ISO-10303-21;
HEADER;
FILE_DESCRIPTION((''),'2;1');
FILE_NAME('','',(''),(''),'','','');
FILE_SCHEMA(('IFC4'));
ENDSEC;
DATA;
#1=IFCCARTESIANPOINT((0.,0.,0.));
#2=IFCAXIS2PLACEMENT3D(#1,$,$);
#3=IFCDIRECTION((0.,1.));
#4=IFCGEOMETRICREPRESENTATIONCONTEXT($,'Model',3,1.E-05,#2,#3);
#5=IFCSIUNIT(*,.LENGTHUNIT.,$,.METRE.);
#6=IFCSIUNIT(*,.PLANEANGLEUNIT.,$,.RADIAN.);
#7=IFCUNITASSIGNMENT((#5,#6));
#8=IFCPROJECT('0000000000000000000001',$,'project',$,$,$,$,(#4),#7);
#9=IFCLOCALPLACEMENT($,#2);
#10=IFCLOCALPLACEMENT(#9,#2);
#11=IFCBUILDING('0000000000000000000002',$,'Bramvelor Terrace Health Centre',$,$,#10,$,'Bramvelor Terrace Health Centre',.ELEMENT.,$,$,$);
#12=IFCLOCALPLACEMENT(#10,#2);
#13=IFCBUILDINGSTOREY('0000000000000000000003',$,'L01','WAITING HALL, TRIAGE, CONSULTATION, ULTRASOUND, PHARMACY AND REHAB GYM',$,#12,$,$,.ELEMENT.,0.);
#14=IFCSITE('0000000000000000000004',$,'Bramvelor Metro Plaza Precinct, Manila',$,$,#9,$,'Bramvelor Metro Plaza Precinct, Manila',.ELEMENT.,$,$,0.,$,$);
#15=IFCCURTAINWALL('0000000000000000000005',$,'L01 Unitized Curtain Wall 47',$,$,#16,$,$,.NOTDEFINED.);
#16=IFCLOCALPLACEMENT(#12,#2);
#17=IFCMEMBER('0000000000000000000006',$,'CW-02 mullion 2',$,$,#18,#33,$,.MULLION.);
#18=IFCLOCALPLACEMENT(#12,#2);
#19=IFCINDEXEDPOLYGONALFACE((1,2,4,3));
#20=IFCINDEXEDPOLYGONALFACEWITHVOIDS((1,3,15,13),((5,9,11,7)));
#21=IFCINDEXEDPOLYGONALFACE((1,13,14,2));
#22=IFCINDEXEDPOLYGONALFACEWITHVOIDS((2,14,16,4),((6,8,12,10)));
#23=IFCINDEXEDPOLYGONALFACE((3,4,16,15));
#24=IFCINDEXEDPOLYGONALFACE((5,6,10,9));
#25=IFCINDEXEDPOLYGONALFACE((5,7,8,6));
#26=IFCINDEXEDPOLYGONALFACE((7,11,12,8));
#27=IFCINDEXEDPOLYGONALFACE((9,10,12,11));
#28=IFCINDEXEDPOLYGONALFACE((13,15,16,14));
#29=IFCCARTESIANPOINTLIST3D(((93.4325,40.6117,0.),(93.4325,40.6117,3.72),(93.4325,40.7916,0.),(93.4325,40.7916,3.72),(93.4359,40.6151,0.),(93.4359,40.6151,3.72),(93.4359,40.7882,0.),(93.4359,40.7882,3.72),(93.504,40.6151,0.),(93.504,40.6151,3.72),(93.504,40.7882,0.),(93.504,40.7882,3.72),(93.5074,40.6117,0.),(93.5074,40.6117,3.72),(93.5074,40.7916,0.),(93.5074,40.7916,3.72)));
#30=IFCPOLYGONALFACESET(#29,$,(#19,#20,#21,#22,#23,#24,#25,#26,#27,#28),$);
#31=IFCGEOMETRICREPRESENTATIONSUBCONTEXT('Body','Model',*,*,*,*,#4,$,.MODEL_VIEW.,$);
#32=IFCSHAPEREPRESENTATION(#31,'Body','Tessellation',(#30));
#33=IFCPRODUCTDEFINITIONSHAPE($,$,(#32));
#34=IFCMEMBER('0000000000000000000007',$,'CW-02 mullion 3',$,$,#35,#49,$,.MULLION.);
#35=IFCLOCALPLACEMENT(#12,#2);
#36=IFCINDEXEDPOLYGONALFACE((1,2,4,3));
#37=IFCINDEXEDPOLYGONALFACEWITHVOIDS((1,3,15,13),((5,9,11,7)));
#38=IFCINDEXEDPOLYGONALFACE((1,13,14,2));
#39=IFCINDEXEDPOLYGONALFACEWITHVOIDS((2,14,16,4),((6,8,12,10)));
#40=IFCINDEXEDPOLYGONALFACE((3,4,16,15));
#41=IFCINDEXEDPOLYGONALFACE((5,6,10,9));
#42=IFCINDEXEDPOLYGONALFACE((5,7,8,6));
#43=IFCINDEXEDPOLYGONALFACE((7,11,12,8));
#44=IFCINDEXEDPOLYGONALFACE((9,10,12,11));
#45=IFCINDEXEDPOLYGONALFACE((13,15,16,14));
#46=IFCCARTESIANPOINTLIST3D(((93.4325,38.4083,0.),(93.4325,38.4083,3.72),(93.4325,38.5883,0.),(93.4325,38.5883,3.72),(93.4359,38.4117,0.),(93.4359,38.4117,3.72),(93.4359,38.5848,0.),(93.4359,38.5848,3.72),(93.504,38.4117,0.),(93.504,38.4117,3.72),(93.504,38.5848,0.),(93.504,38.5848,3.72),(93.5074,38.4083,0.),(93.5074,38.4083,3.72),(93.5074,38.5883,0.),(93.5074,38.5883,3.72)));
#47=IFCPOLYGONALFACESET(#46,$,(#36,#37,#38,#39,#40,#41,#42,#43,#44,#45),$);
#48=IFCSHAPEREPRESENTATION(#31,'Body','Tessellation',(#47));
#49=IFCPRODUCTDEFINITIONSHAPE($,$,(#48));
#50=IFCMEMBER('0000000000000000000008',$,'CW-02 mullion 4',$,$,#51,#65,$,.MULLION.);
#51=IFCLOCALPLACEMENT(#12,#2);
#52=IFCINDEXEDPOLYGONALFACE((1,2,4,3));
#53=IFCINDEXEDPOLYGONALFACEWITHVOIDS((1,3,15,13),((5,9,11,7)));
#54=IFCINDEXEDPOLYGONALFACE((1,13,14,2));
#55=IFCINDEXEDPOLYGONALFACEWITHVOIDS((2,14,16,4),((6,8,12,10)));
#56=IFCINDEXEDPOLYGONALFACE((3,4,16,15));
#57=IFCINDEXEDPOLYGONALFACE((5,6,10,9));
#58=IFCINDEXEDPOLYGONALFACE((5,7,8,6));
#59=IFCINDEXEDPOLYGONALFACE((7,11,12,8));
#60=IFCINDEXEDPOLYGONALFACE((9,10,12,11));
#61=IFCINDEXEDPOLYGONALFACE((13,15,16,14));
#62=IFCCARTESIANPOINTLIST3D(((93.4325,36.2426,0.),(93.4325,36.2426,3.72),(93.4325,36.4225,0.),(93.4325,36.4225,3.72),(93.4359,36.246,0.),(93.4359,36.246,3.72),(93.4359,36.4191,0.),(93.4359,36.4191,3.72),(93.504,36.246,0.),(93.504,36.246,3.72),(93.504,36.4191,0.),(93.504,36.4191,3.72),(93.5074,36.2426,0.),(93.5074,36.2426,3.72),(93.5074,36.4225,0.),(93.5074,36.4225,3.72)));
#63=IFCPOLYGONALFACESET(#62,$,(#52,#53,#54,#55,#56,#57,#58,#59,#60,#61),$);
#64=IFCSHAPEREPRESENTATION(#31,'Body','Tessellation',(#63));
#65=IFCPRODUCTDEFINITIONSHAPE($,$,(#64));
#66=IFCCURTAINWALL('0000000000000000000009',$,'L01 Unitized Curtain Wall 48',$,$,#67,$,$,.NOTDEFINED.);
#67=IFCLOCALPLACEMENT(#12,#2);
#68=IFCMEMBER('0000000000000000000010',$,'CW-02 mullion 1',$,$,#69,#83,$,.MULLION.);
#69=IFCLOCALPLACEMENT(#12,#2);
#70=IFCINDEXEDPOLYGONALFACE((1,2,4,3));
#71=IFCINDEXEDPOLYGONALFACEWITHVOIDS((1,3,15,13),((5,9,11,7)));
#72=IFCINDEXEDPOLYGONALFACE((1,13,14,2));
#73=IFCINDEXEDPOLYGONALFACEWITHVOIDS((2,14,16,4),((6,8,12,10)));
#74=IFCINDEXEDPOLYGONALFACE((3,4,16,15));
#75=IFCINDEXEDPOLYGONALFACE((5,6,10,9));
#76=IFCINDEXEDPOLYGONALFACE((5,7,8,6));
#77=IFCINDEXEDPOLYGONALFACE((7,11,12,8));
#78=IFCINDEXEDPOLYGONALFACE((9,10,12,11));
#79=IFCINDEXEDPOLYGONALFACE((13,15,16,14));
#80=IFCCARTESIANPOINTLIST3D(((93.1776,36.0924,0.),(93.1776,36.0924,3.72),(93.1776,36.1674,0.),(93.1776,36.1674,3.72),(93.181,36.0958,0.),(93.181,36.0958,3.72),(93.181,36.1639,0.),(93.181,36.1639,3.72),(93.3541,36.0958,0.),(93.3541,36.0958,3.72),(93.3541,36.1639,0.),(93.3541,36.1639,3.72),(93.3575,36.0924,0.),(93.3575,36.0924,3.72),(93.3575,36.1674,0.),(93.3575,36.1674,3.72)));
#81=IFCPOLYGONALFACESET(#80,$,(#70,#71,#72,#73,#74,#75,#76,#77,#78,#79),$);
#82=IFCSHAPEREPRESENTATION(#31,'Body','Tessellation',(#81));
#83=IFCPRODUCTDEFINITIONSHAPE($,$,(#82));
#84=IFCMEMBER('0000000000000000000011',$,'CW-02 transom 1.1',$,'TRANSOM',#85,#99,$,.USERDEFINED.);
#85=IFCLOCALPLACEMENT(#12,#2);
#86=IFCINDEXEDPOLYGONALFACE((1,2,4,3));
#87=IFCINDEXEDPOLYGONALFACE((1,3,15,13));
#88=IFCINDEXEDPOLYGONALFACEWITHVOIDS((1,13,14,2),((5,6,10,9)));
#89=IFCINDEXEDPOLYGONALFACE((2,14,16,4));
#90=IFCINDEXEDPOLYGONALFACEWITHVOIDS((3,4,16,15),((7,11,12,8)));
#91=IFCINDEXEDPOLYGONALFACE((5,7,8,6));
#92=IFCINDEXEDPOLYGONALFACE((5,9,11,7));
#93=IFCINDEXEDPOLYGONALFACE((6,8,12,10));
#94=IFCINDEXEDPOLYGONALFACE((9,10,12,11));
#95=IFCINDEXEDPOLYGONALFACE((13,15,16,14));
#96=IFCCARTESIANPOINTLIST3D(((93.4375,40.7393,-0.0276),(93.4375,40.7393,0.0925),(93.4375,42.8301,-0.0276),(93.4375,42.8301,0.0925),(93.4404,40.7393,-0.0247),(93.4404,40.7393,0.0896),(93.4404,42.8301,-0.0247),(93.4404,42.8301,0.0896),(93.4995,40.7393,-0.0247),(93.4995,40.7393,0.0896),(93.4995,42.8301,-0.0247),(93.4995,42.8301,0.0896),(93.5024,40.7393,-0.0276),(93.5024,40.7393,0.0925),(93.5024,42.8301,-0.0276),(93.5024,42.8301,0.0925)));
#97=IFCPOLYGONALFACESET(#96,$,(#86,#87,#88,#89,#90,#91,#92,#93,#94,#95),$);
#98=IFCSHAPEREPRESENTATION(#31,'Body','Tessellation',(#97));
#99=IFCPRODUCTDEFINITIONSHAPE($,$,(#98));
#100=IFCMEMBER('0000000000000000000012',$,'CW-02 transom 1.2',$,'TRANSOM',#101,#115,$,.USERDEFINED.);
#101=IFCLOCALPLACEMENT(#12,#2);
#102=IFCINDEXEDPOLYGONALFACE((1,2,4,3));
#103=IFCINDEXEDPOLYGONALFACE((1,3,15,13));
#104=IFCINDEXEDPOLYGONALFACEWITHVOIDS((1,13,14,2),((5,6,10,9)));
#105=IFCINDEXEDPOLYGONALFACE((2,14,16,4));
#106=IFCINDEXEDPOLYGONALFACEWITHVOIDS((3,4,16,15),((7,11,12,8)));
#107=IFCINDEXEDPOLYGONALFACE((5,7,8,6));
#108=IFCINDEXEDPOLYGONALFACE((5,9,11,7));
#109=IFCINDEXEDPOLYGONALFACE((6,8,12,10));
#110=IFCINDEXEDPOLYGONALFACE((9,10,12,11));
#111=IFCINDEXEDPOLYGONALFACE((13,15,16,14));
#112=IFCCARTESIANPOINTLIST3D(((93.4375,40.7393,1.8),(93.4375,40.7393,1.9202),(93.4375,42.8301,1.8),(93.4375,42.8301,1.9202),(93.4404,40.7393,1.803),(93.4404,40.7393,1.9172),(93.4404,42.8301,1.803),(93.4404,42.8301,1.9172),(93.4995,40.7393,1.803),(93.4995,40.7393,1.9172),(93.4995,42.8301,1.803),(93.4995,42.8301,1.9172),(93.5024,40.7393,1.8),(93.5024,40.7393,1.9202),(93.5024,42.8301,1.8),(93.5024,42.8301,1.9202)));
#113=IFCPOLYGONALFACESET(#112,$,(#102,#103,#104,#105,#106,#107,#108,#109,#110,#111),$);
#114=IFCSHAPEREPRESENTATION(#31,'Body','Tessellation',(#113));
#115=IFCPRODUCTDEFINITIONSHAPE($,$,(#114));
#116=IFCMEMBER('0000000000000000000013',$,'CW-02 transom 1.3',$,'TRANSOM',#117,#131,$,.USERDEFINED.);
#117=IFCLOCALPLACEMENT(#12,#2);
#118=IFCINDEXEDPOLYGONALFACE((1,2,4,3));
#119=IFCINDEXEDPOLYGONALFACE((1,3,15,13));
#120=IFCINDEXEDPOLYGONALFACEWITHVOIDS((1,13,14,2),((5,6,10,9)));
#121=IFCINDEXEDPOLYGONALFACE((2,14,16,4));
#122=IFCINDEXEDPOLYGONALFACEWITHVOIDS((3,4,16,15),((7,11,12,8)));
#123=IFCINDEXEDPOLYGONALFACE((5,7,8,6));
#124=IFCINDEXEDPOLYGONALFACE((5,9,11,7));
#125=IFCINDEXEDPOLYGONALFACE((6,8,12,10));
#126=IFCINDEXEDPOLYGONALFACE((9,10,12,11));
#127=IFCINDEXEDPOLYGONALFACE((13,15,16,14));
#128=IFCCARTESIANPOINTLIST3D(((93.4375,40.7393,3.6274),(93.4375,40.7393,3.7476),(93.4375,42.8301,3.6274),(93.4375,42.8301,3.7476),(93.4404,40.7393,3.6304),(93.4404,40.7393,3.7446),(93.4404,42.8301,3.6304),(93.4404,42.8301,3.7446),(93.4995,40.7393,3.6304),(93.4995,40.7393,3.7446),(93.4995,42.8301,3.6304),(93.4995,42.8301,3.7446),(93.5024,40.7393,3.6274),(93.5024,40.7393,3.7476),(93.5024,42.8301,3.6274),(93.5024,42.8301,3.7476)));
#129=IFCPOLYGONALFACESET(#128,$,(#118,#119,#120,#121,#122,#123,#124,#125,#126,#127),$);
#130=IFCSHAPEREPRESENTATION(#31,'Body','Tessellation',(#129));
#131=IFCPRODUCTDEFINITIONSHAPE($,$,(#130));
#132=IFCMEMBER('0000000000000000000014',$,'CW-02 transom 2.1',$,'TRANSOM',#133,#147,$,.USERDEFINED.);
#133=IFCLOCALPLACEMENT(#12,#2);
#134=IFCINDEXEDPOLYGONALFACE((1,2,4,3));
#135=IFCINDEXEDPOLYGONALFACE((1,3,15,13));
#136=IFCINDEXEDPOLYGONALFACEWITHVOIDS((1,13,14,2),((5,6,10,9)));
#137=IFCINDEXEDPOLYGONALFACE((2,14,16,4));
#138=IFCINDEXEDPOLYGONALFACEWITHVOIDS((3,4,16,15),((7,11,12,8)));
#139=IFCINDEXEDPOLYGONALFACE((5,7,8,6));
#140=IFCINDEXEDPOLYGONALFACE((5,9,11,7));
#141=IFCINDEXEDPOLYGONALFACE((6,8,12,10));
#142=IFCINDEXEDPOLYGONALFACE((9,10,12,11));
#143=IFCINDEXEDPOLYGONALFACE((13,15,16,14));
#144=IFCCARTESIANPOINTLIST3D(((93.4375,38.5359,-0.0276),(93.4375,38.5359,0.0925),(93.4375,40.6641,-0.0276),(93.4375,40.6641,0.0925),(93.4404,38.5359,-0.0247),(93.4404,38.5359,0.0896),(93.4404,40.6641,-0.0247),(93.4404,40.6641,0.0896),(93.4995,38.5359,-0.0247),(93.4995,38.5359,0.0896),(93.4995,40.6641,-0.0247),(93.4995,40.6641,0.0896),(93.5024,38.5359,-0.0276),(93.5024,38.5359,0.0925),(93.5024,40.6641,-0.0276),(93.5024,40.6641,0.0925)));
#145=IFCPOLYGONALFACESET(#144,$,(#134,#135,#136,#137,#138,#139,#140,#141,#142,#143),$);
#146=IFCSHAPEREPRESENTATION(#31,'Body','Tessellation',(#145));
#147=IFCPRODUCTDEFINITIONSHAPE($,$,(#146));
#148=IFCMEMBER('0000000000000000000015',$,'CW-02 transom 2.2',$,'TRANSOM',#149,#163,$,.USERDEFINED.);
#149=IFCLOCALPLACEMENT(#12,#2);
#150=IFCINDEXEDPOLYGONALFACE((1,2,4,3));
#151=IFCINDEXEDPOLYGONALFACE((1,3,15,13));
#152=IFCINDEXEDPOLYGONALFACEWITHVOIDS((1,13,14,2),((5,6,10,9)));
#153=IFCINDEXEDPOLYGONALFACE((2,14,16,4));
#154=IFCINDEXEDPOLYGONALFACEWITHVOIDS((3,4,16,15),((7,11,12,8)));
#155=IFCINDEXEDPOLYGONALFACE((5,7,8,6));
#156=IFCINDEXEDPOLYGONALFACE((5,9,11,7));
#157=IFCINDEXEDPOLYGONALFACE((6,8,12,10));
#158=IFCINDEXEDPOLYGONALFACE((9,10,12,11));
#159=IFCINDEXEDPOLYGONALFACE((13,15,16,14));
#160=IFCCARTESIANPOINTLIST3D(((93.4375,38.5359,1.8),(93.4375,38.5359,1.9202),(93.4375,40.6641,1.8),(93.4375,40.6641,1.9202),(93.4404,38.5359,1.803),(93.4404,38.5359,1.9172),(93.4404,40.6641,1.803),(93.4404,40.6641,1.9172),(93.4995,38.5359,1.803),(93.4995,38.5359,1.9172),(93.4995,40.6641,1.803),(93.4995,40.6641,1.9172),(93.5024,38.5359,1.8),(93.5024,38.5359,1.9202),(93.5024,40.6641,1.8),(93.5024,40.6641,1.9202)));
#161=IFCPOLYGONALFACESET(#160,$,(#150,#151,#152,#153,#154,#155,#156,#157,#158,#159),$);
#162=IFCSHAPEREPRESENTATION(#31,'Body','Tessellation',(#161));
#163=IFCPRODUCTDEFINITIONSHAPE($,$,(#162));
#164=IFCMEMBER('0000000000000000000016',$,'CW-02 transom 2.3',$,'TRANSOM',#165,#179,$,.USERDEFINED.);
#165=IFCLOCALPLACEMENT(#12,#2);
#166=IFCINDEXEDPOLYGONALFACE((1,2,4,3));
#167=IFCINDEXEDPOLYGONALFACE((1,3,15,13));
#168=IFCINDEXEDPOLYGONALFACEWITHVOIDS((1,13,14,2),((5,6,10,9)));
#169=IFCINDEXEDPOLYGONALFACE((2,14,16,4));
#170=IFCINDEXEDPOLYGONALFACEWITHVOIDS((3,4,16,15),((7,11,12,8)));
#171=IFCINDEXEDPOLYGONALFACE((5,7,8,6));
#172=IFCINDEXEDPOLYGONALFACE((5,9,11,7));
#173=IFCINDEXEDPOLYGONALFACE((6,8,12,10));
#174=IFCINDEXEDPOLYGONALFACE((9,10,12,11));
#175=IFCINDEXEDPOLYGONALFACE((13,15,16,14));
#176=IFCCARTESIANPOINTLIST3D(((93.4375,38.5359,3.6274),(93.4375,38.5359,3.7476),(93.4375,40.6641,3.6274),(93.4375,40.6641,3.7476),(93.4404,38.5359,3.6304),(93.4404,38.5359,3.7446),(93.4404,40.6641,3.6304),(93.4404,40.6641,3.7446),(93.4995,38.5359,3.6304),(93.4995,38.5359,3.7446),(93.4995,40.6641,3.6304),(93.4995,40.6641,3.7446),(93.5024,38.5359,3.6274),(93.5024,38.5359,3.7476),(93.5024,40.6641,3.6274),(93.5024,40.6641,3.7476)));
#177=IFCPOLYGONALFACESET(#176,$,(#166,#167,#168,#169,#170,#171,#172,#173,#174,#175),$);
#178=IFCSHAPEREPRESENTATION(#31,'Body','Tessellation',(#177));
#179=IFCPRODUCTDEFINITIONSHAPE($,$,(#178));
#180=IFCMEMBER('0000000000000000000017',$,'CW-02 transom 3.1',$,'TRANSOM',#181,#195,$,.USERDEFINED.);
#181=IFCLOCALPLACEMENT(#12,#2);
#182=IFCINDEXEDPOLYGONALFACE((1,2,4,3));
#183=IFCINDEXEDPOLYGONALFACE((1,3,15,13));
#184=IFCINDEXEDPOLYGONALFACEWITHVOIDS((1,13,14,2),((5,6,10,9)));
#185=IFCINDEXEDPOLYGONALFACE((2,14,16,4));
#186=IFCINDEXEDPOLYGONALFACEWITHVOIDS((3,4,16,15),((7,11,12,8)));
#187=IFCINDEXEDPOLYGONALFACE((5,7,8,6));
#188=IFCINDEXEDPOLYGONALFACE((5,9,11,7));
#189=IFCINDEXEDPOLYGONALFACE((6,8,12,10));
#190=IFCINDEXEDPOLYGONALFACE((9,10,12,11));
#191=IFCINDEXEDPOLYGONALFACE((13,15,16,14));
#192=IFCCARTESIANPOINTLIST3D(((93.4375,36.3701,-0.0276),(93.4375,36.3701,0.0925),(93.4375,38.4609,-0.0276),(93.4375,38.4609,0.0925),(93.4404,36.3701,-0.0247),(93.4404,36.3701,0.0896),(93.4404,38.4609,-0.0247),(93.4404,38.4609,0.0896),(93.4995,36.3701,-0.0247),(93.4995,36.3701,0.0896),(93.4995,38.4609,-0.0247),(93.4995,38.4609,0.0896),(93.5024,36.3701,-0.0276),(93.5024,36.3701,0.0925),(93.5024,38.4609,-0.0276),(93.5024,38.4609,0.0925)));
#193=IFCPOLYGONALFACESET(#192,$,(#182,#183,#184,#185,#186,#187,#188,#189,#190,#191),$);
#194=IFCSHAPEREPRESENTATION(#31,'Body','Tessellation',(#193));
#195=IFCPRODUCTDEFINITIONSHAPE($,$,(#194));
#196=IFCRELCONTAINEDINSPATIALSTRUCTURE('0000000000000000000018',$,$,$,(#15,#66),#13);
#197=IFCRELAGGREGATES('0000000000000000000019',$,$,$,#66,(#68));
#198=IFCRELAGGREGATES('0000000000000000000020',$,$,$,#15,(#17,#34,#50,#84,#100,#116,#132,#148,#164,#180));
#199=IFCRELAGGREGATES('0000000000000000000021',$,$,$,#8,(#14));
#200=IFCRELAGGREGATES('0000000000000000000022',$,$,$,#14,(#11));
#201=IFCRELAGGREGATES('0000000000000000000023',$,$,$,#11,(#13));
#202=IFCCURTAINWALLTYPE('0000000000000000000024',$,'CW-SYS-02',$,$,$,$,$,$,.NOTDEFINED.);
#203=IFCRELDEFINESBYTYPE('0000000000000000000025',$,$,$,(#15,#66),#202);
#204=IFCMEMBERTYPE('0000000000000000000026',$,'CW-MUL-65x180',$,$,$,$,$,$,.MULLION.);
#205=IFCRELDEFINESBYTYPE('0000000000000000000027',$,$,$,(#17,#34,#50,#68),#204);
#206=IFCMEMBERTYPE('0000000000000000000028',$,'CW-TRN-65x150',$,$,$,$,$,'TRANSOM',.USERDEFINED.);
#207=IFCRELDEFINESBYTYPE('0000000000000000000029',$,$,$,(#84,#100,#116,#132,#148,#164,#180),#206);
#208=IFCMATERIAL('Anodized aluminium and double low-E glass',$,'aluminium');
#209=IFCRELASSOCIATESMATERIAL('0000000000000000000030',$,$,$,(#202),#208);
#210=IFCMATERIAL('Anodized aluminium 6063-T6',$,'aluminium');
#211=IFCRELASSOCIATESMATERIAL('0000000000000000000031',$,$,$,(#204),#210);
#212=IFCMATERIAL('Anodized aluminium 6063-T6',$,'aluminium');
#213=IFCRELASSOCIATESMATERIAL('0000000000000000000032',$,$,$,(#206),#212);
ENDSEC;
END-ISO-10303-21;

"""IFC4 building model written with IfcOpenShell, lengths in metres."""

from ifc_helpers import new_model, si_unit, direction, frame, origin, origin_2d, place, context, subcontext, project, spatial, hollow_rectangle, extrude, material, material_profile, profile_set, type_object, element, aggregate, save


model = new_model("IFC4")

# Units and contexts
model_context = context("Model", 3, precision=1e-05, world=origin(), true_north=direction((0.0, 1.0)))
body_context = subcontext(model_context, "Body", "Model", "MODEL_VIEW")
ifc_project = project(units=[si_unit("LENGTHUNIT", "METRE"), si_unit("PLANEANGLEUNIT", "RADIAN")], contexts=[model_context])

# Site, building, storey
site_placement = place(None, origin())
site = spatial("IfcSite", under=ifc_project, at=site_placement, Name="Bramvelor Metro Plaza Precinct, Manila", LongName="Bramvelor Metro Plaza Precinct, Manila", CompositionType="ELEMENT", RefElevation=0.0)
building_placement = place(site_placement, origin())
building = spatial("IfcBuilding", under=site, at=building_placement, Name="Bramvelor Terrace Health Centre", LongName="Bramvelor Terrace Health Centre", CompositionType="ELEMENT")
storey_placement = place(building_placement, origin())
storey = spatial("IfcBuildingStorey", under=building, at=storey_placement, Name="L01", Description="WAITING HALL, TRIAGE, CONSULTATION, ULTRASOUND, PHARMACY AND REHAB GYM", CompositionType="ELEMENT", Elevation=0.0)

# Curtain wall, members
ifc_material_1 = material(Name="Anodized aluminium and double low-E glass", Category="aluminium")
curtain_wall_type = type_object("IfcCurtainWallType", Name="CW-SYS-02", PredefinedType="NOTDEFINED", material=ifc_material_1)
curtain_wall_1_placement = place(storey_placement, origin())
curtain_wall_1 = element("IfcCurtainWall", 1, at=curtain_wall_1_placement, inside=storey, type_object=curtain_wall_type, Name="L01 Unitized Curtain Wall 47", PredefinedType="NOTDEFINED")
ifc_material_2 = material(Name="Anodized aluminium 6063-T6", Category="aluminium")
ifc_material_profile_1 = material_profile(ifc_material_2, hollow_rectangle(XDim=0.075, YDim=0.1799, WallThickness=0.0034, at=origin_2d()), Name="ALU-MUL 75x180x3.5")
ifc_profile_set_1 = profile_set([ifc_material_profile_1], Name="Anodized aluminium 6063-T6")
member_type_1 = type_object("IfcMemberType", Name="CW-MUL-65x180", PredefinedType="MULLION", material=ifc_profile_set_1)
member_1_placement = place(storey_placement, frame((93.47, 40.7017, 0.0), z_axis=(0.0, 0.0, 1.0), x_axis=(1.0, 0.0, 0.0)))
member_1 = element("IfcMember", 2, at=member_1_placement, type_object=member_type_1, Name="CW-02 mullion 2", PredefinedType="MULLION", context=body_context, shape_type="SweptSolid", body=[
    extrude(hollow_rectangle(XDim=0.075, YDim=0.1799, WallThickness=0.0034, at=origin_2d()), origin(), (0.0, 0.0, 1.0), 3.72),
])
member_2_placement = place(storey_placement, frame((93.47, 38.4983, 0.0), z_axis=(0.0, 0.0, 1.0), x_axis=(1.0, 0.0, 0.0)))
member_2 = element("IfcMember", 3, at=member_2_placement, type_object=member_type_1, Name="CW-02 mullion 3", PredefinedType="MULLION", context=body_context, shape_type="SweptSolid", body=[
    extrude(hollow_rectangle(XDim=0.075, YDim=0.1799, WallThickness=0.0034, at=origin_2d()), origin(), (0.0, 0.0, 1.0), 3.72),
])
member_3_placement = place(storey_placement, frame((93.47, 36.3325, 0.0), z_axis=(0.0, 0.0, 1.0), x_axis=(1.0, 0.0, 0.0)))
member_3 = element("IfcMember", 4, at=member_3_placement, type_object=member_type_1, Name="CW-02 mullion 4", PredefinedType="MULLION", context=body_context, shape_type="SweptSolid", body=[
    extrude(hollow_rectangle(XDim=0.075, YDim=0.1799, WallThickness=0.0034, at=origin_2d()), origin(), (0.0, 0.0, 1.0), 3.72),
])

# Curtain wall, member
curtain_wall_2_placement = place(storey_placement, origin())
curtain_wall_2 = element("IfcCurtainWall", 5, at=curtain_wall_2_placement, inside=storey, type_object=curtain_wall_type, Name="L01 Unitized Curtain Wall 48", PredefinedType="NOTDEFINED")
member_4_placement = place(storey_placement, frame((93.2676, 36.1299, 0.0), z_axis=(0.0, 0.0, 1.0), x_axis=(0.0, -1.0, 0.0)))
member_4 = element("IfcMember", 6, at=member_4_placement, type_object=member_type_1, Name="CW-02 mullion 1", PredefinedType="MULLION", context=body_context, shape_type="SweptSolid", body=[
    extrude(hollow_rectangle(XDim=0.075, YDim=0.1799, WallThickness=0.0034, at=origin_2d()), origin(), (0.0, 0.0, 1.0), 3.72),
])

# Members
ifc_material_3 = material(Name="Anodized aluminium 6063-T6", Category="aluminium")
ifc_material_profile_2 = material_profile(ifc_material_3, hollow_rectangle(XDim=0.0649, YDim=0.1201, WallThickness=0.0029, at=origin_2d()), Name="ALU-TRN 65x120x3.0")
ifc_profile_set_2 = profile_set([ifc_material_profile_2], Name="Anodized aluminium 6063-T6")
member_type_2 = type_object("IfcMemberType", Name="CW-TRN-65x150", ElementType="TRANSOM", PredefinedType="USERDEFINED", material=ifc_profile_set_2)
member_5_placement = place(storey_placement, frame((93.47, 42.8301, 0.0325), z_axis=(0.0, -1.0, 0.0), x_axis=(1.0, 0.0, 0.0)))
member_5 = element("IfcMember", 7, at=member_5_placement, type_object=member_type_2, Name="CW-02 transom 1.1", ObjectType="TRANSOM", PredefinedType="USERDEFINED", context=body_context, shape_type="SweptSolid", body=[
    extrude(hollow_rectangle(XDim=0.0649, YDim=0.1201, WallThickness=0.0029, at=origin_2d()), origin(), (0.0, 0.0, 1.0), 2.0908),
])
member_6_placement = place(storey_placement, frame((93.47, 42.8301, 1.8601), z_axis=(0.0, -1.0, 0.0), x_axis=(1.0, 0.0, 0.0)))
member_6 = element("IfcMember", 8, at=member_6_placement, type_object=member_type_2, Name="CW-02 transom 1.2", ObjectType="TRANSOM", PredefinedType="USERDEFINED", context=body_context, shape_type="SweptSolid", body=[
    extrude(hollow_rectangle(XDim=0.0649, YDim=0.1201, WallThickness=0.0029, at=origin_2d()), origin(), (0.0, 0.0, 1.0), 2.0908),
])
member_7_placement = place(storey_placement, frame((93.47, 42.8301, 3.6875), z_axis=(0.0, -1.0, 0.0), x_axis=(1.0, 0.0, 0.0)))
member_7 = element("IfcMember", 9, at=member_7_placement, type_object=member_type_2, Name="CW-02 transom 1.3", ObjectType="TRANSOM", PredefinedType="USERDEFINED", context=body_context, shape_type="SweptSolid", body=[
    extrude(hollow_rectangle(XDim=0.0649, YDim=0.1201, WallThickness=0.0029, at=origin_2d()), origin(), (0.0, 0.0, 1.0), 2.0908),
])
member_8_placement = place(storey_placement, frame((93.47, 40.6641, 0.0325), z_axis=(0.0, -1.0, 0.0), x_axis=(1.0, 0.0, 0.0)))
member_8 = element("IfcMember", 10, at=member_8_placement, type_object=member_type_2, Name="CW-02 transom 2.1", ObjectType="TRANSOM", PredefinedType="USERDEFINED", context=body_context, shape_type="SweptSolid", body=[
    extrude(hollow_rectangle(XDim=0.0649, YDim=0.1201, WallThickness=0.0029, at=origin_2d()), origin(), (0.0, 0.0, 1.0), 2.1282),
])
member_9_placement = place(storey_placement, frame((93.47, 40.6641, 1.8601), z_axis=(0.0, -1.0, 0.0), x_axis=(1.0, 0.0, 0.0)))
member_9 = element("IfcMember", 11, at=member_9_placement, type_object=member_type_2, Name="CW-02 transom 2.2", ObjectType="TRANSOM", PredefinedType="USERDEFINED", context=body_context, shape_type="SweptSolid", body=[
    extrude(hollow_rectangle(XDim=0.0649, YDim=0.1201, WallThickness=0.0029, at=origin_2d()), origin(), (0.0, 0.0, 1.0), 2.1282),
])
member_10_placement = place(storey_placement, frame((93.47, 40.6641, 3.6875), z_axis=(0.0, -1.0, 0.0), x_axis=(1.0, 0.0, 0.0)))
member_10 = element("IfcMember", 12, at=member_10_placement, type_object=member_type_2, Name="CW-02 transom 2.3", ObjectType="TRANSOM", PredefinedType="USERDEFINED", context=body_context, shape_type="SweptSolid", body=[
    extrude(hollow_rectangle(XDim=0.0649, YDim=0.1201, WallThickness=0.0029, at=origin_2d()), origin(), (0.0, 0.0, 1.0), 2.1282),
])
member_11_placement = place(storey_placement, frame((93.47, 38.4609, 0.0325), z_axis=(0.0, -1.0, 0.0), x_axis=(1.0, 0.0, 0.0)))
member_11 = element("IfcMember", 13, at=member_11_placement, type_object=member_type_2, Name="CW-02 transom 3.1", ObjectType="TRANSOM", PredefinedType="USERDEFINED", context=body_context, shape_type="SweptSolid", body=[
    extrude(hollow_rectangle(XDim=0.0649, YDim=0.1201, WallThickness=0.0029, at=origin_2d()), origin(), (0.0, 0.0, 1.0), 2.0908),
])
aggregate(curtain_wall_2, [member_4])

aggregate(curtain_wall_1, [member_1, member_2, member_3, member_5, member_6, member_7, member_8, member_9, member_10, member_11])

save(model, "model.ifc")
